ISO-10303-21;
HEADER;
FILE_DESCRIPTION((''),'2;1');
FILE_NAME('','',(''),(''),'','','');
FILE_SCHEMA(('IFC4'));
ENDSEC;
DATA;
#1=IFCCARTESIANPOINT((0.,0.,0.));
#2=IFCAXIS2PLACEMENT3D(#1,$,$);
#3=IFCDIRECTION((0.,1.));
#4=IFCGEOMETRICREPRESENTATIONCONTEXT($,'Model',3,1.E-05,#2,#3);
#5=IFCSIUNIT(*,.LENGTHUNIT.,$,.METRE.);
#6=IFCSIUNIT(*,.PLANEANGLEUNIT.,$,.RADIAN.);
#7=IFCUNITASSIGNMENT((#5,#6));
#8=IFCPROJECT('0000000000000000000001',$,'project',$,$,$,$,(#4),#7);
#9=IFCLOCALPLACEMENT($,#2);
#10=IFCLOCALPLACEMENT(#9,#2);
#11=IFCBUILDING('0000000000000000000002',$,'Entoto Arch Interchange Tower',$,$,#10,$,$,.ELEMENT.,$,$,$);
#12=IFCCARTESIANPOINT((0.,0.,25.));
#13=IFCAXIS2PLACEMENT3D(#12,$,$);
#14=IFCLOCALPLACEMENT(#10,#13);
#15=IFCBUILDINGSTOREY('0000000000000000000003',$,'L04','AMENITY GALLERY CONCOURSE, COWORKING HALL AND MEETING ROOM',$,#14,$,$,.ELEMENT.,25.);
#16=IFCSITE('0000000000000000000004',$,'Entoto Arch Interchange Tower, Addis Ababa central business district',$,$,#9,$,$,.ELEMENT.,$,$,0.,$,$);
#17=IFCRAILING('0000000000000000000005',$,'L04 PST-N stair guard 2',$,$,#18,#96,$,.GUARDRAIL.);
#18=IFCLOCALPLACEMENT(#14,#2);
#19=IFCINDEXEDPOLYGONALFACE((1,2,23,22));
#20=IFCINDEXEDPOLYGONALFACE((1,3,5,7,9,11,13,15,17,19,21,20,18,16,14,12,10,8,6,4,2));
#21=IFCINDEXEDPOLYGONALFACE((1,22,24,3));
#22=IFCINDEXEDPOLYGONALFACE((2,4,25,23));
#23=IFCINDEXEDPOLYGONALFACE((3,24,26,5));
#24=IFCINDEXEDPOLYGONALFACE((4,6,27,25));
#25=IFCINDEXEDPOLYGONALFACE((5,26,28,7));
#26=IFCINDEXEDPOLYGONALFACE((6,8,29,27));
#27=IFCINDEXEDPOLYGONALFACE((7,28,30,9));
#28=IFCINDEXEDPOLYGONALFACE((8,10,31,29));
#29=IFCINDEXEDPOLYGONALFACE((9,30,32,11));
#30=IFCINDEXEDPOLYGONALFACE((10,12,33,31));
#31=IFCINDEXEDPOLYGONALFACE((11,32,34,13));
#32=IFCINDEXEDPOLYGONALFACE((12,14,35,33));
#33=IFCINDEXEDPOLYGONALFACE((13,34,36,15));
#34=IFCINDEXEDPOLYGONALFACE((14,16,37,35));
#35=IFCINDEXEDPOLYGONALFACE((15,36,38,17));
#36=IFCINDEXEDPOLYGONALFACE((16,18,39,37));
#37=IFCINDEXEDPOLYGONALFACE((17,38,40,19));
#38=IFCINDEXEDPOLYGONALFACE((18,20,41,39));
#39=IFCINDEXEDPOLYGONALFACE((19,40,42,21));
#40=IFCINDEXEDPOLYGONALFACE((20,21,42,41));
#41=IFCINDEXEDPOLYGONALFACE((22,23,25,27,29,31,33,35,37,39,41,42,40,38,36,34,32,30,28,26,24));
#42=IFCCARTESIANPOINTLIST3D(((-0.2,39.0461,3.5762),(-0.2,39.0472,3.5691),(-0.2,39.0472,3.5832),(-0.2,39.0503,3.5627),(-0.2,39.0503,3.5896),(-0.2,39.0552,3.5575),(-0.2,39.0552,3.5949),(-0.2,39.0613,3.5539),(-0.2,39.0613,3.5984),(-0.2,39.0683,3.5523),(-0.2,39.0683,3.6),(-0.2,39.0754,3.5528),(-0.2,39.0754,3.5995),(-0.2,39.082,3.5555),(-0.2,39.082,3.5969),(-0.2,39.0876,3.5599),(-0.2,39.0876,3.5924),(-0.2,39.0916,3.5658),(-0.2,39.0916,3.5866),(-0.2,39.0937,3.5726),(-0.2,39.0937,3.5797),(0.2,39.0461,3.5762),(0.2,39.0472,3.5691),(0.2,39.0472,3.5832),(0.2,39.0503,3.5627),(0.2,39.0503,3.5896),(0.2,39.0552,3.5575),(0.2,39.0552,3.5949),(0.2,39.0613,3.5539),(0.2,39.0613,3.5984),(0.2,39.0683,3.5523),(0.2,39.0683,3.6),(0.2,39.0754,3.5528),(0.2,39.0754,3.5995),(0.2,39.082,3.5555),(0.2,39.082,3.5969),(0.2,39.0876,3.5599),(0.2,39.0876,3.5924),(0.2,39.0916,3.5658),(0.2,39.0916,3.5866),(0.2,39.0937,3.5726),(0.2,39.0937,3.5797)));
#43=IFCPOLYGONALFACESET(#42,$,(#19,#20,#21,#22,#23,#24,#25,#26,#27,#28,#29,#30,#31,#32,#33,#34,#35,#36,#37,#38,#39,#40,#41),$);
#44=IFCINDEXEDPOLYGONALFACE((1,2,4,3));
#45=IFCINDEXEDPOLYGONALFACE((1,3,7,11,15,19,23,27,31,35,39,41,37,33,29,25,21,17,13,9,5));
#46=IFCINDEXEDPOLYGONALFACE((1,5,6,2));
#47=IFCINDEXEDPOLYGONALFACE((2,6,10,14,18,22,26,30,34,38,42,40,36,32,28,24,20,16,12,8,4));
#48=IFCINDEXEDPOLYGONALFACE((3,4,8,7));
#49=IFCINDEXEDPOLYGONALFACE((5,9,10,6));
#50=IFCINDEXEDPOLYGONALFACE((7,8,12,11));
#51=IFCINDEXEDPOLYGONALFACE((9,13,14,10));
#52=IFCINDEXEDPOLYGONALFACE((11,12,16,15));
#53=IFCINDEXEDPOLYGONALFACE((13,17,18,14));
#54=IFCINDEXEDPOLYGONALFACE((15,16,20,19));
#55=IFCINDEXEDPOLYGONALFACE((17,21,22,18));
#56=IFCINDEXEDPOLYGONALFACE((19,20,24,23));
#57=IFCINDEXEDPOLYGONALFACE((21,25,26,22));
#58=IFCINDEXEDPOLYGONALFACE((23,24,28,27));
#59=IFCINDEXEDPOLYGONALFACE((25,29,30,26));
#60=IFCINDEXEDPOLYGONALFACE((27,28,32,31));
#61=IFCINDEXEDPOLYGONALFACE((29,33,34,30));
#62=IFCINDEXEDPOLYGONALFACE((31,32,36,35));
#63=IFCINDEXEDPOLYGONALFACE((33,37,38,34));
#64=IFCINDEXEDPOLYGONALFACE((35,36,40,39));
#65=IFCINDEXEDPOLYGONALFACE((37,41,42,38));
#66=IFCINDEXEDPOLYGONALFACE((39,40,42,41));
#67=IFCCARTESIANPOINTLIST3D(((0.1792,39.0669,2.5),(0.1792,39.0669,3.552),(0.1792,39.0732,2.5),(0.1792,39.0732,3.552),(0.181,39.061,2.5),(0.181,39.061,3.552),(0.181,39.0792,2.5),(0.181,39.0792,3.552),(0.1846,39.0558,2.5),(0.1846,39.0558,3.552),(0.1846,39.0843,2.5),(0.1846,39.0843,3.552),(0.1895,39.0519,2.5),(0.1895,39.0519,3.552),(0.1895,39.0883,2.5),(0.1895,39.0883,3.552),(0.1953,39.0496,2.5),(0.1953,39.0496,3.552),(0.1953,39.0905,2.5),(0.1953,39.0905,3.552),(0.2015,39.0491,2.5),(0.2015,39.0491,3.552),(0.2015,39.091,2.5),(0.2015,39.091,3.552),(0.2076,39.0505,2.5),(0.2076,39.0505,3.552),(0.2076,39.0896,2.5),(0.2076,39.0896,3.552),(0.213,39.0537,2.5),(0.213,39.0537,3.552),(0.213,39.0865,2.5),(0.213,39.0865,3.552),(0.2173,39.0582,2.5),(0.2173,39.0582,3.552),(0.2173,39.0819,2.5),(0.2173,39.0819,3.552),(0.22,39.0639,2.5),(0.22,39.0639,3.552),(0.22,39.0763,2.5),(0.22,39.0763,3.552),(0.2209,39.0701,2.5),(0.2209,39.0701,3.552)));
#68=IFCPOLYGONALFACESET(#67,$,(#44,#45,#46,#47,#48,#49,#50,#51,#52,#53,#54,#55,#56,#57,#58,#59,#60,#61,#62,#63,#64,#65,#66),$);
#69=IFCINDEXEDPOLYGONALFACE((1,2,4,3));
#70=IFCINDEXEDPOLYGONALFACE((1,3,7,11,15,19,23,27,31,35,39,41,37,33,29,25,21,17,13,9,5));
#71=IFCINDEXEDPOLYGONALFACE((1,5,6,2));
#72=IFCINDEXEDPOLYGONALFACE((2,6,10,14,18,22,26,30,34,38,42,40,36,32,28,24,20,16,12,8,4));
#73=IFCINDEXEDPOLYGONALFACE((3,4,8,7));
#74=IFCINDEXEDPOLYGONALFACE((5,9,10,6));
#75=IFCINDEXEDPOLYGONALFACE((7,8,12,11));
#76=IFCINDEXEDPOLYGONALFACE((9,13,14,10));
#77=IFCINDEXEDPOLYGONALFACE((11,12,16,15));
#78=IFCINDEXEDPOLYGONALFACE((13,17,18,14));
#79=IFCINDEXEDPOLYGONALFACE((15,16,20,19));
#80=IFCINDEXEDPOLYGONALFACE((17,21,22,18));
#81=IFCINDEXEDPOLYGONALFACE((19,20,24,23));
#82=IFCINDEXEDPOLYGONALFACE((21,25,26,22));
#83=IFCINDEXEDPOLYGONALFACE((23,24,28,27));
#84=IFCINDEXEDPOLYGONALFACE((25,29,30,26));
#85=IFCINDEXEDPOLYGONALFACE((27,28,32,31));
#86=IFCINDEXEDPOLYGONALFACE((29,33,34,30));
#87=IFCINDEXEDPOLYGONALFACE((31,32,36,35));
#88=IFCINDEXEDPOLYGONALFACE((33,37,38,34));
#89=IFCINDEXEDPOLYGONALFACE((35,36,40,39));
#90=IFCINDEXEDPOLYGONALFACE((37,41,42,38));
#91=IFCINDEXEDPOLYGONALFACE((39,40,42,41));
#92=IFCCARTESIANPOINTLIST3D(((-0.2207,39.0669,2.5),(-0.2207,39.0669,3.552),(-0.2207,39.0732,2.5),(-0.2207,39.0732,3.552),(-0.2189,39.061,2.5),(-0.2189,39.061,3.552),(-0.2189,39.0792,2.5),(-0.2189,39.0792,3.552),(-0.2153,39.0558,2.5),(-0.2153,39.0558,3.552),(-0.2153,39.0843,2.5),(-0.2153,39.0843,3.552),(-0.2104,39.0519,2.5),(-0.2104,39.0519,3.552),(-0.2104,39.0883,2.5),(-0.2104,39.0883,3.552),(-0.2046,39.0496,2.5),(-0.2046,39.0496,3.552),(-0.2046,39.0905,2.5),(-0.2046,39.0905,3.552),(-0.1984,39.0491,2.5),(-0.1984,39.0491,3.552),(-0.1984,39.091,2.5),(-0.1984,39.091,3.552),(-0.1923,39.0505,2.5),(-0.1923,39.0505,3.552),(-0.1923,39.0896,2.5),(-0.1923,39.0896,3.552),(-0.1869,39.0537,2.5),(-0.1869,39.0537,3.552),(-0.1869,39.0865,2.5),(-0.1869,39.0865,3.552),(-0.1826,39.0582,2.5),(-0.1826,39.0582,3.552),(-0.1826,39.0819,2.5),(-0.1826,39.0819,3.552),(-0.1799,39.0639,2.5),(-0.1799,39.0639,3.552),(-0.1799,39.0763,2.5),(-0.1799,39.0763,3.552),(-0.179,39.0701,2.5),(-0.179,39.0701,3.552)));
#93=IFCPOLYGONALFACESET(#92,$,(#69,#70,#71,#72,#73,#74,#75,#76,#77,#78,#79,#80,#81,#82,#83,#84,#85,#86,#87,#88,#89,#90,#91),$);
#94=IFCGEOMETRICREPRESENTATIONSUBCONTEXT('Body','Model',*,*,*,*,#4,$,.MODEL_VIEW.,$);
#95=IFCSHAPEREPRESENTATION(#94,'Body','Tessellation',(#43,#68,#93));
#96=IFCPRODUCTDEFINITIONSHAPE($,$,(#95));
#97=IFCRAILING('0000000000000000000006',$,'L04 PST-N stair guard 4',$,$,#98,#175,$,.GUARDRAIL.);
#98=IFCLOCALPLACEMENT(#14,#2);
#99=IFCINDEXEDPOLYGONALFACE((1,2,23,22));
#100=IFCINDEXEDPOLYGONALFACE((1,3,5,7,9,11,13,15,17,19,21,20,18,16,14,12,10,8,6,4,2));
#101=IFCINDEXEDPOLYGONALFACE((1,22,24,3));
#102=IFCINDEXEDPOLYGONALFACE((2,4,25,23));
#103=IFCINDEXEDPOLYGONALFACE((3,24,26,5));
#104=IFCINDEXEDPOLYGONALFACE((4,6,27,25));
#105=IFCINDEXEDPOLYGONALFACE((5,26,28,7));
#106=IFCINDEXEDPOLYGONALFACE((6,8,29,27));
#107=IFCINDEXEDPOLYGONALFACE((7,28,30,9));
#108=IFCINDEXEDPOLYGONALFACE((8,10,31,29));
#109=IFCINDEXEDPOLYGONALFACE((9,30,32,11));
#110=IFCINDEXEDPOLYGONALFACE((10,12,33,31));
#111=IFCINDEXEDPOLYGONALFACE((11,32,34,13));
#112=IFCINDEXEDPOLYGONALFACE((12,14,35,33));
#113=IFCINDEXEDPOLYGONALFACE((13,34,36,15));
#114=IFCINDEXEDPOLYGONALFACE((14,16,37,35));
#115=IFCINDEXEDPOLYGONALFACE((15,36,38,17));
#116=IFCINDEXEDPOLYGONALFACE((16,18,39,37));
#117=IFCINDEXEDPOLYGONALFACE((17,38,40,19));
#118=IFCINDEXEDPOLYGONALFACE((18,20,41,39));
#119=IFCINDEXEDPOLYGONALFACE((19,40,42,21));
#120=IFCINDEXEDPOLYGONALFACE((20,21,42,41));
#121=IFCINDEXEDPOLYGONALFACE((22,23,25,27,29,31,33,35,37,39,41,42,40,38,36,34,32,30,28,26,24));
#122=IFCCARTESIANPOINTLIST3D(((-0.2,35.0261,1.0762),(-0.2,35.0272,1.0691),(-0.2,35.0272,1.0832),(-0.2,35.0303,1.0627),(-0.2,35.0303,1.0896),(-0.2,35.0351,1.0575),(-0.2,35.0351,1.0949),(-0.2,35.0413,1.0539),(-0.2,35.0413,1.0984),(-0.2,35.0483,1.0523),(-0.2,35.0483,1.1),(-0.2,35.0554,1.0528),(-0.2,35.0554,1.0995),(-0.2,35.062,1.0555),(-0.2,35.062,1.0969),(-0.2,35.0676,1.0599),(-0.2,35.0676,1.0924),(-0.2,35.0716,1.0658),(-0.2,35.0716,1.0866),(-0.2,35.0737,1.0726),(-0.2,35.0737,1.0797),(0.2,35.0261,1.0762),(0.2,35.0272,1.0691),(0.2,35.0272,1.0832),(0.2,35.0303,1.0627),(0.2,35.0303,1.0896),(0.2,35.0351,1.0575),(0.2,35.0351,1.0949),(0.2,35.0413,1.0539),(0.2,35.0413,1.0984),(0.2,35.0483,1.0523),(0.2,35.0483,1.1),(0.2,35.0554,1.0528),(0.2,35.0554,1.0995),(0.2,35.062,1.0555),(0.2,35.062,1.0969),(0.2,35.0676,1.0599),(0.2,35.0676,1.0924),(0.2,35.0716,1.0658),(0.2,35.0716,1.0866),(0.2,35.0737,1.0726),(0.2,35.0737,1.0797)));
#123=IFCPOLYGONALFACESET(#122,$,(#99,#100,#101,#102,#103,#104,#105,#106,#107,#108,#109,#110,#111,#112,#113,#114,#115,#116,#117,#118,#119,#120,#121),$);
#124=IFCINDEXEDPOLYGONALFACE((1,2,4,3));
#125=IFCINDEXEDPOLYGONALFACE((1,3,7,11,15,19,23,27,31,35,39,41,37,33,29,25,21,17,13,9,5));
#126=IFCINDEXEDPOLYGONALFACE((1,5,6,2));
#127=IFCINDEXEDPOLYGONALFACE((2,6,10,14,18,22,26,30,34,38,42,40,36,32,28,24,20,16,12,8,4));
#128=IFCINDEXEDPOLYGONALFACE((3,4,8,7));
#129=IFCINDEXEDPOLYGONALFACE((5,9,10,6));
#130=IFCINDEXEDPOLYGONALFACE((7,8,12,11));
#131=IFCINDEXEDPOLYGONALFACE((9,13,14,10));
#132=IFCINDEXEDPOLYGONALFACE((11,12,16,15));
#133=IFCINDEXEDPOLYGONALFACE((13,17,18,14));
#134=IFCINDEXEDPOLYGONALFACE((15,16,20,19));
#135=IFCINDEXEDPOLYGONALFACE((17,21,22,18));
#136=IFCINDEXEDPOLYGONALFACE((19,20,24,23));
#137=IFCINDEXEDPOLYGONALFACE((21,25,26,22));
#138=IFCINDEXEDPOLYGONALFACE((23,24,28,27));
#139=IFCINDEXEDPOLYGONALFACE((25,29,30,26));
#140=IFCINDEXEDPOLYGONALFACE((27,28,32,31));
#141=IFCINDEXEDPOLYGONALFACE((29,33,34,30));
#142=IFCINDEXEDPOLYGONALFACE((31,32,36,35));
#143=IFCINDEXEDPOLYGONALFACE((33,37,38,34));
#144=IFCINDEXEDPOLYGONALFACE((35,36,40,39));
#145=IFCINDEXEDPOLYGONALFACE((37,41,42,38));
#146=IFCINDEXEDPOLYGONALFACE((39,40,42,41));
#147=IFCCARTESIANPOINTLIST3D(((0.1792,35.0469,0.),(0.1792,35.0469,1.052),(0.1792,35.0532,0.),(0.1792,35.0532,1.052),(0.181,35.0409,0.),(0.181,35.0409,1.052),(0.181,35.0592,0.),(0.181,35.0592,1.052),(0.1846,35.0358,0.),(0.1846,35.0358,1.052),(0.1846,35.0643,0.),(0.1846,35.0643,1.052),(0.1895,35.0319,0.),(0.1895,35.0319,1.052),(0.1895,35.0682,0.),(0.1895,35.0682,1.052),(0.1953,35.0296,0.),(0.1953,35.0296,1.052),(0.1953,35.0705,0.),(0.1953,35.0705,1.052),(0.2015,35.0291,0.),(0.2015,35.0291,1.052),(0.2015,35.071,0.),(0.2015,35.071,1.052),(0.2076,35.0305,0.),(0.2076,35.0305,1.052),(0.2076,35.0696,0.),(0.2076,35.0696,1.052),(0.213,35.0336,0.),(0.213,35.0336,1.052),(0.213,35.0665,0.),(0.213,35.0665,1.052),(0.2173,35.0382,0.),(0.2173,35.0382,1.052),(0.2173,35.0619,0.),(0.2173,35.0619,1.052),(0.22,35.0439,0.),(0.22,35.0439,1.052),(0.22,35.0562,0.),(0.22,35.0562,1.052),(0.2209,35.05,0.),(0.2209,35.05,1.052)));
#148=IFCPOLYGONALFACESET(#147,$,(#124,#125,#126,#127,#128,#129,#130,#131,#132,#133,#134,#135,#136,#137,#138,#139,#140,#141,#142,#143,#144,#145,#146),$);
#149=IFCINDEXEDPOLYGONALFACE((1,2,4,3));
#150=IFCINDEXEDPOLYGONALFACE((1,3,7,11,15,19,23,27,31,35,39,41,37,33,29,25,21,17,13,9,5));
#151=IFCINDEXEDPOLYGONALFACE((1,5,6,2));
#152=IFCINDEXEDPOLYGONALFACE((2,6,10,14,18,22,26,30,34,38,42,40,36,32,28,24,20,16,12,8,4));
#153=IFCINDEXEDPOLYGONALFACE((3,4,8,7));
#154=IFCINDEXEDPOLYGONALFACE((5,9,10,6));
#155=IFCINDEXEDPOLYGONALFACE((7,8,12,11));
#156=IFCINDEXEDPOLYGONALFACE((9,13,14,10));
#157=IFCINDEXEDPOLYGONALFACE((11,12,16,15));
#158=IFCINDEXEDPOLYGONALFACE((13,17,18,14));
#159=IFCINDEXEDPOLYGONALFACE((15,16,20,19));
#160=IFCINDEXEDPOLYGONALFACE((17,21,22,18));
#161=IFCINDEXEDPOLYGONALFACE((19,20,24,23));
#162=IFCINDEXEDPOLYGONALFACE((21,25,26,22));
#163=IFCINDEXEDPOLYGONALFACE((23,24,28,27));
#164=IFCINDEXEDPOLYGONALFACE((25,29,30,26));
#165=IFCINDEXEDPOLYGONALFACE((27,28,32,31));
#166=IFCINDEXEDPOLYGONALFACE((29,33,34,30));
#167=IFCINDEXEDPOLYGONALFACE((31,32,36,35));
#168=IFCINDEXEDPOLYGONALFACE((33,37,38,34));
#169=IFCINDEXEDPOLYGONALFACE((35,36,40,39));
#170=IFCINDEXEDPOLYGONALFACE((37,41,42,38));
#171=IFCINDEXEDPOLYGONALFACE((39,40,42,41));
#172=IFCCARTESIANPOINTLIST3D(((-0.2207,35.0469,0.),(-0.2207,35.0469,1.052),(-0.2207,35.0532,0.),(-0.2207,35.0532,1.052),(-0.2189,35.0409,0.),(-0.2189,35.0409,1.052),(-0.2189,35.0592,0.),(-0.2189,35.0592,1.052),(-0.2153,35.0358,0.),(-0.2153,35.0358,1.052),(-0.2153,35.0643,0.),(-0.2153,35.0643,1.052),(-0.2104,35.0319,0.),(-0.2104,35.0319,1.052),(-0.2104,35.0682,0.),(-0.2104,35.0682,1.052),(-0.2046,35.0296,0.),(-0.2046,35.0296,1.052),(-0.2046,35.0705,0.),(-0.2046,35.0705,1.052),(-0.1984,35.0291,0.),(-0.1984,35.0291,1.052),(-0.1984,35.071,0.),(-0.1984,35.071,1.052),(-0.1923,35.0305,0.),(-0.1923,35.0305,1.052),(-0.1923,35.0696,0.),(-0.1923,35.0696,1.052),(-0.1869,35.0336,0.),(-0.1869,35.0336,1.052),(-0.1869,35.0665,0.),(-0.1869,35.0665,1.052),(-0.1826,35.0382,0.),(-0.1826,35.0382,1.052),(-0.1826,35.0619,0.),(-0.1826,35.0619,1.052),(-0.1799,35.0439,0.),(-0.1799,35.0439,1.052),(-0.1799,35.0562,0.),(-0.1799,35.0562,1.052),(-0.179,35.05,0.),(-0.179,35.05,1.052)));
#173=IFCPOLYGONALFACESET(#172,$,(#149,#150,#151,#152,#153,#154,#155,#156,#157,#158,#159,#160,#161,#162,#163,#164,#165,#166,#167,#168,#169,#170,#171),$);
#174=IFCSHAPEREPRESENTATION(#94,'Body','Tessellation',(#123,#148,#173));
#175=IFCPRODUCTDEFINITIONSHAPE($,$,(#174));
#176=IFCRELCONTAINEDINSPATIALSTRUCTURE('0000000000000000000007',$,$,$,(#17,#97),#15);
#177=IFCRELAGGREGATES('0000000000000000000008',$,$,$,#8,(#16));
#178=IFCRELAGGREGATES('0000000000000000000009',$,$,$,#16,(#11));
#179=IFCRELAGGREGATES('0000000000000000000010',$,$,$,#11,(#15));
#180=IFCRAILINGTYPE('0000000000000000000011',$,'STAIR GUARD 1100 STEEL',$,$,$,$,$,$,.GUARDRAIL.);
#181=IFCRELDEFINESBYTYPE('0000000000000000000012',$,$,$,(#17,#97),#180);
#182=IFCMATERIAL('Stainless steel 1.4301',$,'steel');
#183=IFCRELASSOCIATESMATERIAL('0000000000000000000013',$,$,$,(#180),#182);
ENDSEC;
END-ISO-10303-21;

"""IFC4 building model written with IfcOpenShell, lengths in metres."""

from ifc_helpers import new_model, si_unit, direction, frame, origin, origin_2d, place, context, subcontext, project, spatial, circle, extrude, material, type_object, element, save


model = new_model("IFC4")

# Units and contexts
model_context = context("Model", 3, precision=1e-05, world=origin(), true_north=direction((0.0, 1.0)))
body_context = subcontext(model_context, "Body", "Model", "MODEL_VIEW")
ifc_project = project(units=[si_unit("LENGTHUNIT", "METRE"), si_unit("PLANEANGLEUNIT", "RADIAN")], contexts=[model_context])

# Site, building, storey
site_placement = place(None, origin())
site = spatial("IfcSite", under=ifc_project, at=site_placement, Name="Entoto Arch Interchange Tower, Addis Ababa central business district", CompositionType="ELEMENT", RefElevation=0.0)
building_placement = place(site_placement, origin())
building = spatial("IfcBuilding", under=site, at=building_placement, Name="Entoto Arch Interchange Tower", CompositionType="ELEMENT")
storey_placement = place(building_placement, frame((0.0, 0.0, 25.0)))
storey = spatial("IfcBuildingStorey", under=building, at=storey_placement, Name="L04", Description="AMENITY GALLERY CONCOURSE, COWORKING HALL AND MEETING ROOM", CompositionType="ELEMENT", Elevation=25.0)

# Railings
ifc_material_1 = material(Name="Stainless steel 1.4301", Category="steel")
railing_type_1 = type_object("IfcRailingType", Name="STAIR GUARD 1100 STEEL", PredefinedType="GUARDRAIL", material=ifc_material_1)
for number, where, name in (
    (1, (0.2, 39.0701, 2.5), "L04 PST-N stair guard 2"),
    (2, (0.2, 35.05, 0.0), "L04 PST-N stair guard 4"),
):
    element("IfcRailing", number, at=place(storey_placement, frame(where)), inside=storey, type_object=railing_type_1, Name=name, PredefinedType="GUARDRAIL", context=body_context, shape_type="SweptSolid", body=[
        extrude(circle(Radius=0.0239, at=origin_2d()), frame((0.0, 0.0, 1.0762), z_axis=(-1.0, 0.0, 0.0), x_axis=(0.0, -1.0, 0.0)), (0.0, 0.0, 1.0), 0.3999),
        extrude(circle(Radius=0.021, at=origin_2d()), origin(), (0.0, 0.0, 1.0), 1.052),
        extrude(circle(Radius=0.021, at=origin_2d()), frame((-0.3999, 0.0, 0.0)), (0.0, 0.0, 1.0), 1.052),
    ])

save(model, "model.ifc")
